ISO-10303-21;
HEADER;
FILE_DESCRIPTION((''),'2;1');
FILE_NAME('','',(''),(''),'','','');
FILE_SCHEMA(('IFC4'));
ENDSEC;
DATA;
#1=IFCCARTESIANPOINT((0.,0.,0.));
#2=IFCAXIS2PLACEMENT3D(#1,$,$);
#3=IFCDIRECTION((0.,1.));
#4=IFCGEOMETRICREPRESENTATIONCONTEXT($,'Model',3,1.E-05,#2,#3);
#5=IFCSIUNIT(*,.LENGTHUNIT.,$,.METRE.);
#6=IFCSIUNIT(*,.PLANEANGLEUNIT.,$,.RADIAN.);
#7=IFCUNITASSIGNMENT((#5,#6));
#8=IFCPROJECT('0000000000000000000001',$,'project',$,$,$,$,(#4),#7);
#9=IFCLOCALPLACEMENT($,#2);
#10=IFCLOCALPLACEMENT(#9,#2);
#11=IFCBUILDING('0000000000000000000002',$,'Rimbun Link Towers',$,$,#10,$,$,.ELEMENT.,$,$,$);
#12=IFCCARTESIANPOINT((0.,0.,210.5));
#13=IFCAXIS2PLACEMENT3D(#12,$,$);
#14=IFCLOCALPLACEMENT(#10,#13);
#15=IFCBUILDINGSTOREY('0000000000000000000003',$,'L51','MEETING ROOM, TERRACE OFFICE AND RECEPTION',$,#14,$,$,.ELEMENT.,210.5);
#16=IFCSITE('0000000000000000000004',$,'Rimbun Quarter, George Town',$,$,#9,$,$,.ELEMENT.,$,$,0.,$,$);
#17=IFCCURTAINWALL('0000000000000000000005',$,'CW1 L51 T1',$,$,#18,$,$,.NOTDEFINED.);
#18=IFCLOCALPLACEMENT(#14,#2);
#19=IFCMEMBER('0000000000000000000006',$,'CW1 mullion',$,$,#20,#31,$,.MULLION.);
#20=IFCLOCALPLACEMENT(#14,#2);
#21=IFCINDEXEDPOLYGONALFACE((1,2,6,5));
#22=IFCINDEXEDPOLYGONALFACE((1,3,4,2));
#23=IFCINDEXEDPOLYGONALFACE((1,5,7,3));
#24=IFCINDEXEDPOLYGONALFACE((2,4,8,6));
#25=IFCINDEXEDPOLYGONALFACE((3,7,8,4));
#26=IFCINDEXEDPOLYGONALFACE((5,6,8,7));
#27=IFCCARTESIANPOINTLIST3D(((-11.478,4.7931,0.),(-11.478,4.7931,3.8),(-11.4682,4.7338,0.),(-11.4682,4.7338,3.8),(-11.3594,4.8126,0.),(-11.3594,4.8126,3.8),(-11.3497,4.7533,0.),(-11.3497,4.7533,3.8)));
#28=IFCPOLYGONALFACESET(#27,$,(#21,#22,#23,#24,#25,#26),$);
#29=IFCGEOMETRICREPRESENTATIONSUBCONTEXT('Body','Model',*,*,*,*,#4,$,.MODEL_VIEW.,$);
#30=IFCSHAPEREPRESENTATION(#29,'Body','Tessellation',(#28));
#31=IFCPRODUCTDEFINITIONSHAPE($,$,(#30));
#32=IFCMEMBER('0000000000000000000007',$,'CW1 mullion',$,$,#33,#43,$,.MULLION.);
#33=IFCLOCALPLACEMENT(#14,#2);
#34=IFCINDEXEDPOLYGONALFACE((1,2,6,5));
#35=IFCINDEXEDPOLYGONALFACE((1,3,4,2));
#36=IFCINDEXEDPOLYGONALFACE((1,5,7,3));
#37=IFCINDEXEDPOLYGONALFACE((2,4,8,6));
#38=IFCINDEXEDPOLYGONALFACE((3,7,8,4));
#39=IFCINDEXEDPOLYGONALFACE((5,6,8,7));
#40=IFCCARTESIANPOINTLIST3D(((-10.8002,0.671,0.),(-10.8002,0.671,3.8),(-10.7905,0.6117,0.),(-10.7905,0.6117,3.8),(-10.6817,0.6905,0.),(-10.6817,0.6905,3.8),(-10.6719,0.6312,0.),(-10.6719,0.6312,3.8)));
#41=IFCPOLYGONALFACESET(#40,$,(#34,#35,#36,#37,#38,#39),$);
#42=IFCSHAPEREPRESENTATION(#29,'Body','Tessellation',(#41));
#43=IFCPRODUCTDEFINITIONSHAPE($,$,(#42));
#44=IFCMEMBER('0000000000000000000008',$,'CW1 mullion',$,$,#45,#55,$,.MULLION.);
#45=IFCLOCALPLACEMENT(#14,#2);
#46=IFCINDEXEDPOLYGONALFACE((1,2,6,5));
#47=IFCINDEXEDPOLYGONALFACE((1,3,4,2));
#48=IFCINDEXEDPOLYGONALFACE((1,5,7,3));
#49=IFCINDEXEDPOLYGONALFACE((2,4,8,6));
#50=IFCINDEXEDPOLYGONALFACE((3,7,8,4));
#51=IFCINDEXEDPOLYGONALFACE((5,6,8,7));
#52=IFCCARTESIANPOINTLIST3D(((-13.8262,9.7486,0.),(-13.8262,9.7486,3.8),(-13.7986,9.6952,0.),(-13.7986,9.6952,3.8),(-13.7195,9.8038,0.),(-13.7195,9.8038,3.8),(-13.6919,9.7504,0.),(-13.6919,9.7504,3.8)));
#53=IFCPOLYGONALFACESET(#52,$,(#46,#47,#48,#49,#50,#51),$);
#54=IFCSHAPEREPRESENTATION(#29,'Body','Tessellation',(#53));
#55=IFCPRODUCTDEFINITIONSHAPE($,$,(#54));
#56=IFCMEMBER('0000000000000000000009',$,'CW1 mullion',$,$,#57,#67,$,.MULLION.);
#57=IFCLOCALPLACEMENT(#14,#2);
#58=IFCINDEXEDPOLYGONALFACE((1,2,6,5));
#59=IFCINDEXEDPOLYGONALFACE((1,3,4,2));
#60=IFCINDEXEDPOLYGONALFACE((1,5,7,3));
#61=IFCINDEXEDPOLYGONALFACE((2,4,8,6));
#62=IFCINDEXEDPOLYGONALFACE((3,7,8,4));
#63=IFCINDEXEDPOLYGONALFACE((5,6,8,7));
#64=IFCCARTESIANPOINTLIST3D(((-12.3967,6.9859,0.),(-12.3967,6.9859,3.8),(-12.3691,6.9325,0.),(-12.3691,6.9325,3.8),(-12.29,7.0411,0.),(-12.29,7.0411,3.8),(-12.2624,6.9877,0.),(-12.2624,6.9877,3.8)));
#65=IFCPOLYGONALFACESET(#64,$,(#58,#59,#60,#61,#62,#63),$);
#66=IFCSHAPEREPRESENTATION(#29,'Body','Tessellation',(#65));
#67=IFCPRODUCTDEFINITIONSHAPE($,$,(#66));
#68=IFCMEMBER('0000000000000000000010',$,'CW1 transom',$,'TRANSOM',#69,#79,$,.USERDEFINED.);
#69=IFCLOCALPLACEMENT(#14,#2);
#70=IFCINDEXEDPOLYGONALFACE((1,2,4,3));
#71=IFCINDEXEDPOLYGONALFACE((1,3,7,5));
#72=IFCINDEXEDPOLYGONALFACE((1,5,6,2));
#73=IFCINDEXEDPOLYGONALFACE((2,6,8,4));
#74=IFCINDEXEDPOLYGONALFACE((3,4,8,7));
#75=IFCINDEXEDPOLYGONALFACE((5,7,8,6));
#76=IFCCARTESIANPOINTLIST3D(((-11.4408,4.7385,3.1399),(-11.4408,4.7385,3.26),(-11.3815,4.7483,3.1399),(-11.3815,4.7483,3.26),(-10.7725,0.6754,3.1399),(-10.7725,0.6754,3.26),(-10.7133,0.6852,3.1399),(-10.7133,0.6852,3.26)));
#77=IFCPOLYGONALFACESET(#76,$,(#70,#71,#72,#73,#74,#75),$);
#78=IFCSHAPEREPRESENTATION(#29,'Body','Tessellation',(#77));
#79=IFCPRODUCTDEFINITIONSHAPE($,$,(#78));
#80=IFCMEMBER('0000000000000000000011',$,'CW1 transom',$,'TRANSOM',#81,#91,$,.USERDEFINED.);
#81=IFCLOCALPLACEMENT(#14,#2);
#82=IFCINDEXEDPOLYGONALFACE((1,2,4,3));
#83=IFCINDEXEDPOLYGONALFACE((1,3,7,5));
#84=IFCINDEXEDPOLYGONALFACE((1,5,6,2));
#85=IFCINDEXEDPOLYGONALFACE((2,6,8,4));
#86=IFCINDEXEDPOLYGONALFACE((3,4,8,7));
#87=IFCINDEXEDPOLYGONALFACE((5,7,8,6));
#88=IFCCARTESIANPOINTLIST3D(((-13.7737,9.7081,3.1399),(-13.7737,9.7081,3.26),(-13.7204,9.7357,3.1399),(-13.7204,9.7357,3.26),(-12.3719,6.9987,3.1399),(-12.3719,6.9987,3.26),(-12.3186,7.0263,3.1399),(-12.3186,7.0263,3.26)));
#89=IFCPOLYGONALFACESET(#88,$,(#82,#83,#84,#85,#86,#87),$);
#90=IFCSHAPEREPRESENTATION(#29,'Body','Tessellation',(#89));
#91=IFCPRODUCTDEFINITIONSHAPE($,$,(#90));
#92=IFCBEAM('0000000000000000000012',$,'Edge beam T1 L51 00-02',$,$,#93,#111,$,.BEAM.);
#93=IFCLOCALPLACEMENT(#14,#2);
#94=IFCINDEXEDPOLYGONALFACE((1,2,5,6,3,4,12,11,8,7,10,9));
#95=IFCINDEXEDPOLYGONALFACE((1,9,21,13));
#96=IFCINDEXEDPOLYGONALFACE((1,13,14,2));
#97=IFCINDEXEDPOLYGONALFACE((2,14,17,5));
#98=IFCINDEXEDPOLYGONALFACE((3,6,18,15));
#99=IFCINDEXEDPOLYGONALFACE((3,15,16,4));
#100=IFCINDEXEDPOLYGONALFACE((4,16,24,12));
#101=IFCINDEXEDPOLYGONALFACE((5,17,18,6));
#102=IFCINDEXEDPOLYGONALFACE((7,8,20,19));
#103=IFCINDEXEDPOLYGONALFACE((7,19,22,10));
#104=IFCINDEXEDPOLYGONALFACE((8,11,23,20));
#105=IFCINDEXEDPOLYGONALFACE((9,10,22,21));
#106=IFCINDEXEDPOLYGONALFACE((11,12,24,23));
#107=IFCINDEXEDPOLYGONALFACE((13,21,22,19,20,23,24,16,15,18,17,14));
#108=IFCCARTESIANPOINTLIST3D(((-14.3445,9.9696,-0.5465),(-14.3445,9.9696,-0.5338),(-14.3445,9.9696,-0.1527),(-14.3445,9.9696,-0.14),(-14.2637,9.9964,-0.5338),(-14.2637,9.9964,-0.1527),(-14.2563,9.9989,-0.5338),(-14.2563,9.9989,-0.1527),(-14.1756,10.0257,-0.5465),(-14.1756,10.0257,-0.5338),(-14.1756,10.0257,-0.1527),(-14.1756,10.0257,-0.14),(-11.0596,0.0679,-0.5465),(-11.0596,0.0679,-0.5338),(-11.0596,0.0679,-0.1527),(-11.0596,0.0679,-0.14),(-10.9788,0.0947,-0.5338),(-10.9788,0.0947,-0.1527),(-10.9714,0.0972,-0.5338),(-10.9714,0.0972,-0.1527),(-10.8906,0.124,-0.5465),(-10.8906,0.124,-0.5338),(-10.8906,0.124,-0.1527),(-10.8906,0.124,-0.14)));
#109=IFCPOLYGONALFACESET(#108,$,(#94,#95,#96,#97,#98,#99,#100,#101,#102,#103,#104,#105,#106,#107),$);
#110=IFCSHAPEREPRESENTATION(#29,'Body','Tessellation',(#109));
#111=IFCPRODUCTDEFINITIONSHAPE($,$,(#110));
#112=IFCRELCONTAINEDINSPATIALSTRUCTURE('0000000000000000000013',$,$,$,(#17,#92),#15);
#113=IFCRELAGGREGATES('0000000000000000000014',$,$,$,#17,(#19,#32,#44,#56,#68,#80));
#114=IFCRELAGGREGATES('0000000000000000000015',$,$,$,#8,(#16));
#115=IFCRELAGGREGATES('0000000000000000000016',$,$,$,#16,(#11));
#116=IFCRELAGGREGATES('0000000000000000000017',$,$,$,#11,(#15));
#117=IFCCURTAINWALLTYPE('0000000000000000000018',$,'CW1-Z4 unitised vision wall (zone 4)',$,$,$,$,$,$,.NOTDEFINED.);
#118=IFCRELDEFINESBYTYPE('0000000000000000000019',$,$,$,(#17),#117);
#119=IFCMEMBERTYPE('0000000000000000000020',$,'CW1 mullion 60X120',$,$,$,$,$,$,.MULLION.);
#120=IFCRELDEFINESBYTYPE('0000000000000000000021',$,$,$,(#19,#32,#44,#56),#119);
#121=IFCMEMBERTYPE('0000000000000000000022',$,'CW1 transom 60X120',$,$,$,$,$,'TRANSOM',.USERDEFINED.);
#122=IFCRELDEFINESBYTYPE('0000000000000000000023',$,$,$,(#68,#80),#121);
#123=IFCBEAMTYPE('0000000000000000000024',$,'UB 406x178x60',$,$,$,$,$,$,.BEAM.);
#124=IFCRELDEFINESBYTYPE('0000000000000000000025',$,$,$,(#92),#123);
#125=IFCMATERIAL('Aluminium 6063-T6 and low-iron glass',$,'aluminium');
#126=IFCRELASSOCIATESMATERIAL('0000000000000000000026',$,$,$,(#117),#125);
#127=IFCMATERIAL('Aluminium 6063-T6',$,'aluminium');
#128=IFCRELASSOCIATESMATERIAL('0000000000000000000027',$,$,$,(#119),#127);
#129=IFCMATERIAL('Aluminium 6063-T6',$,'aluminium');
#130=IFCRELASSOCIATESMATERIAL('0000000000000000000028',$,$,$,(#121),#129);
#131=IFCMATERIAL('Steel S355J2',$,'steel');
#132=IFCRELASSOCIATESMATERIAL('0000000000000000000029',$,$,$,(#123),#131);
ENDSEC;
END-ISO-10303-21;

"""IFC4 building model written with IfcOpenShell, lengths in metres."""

from ifc_helpers import new_model, si_unit, direction, frame, origin, origin_2d, place, context, subcontext, project, spatial, rectangle, i_section, extrude, material, material_profile, profile_set, type_object, element, aggregate, save


model = new_model("IFC4")

# Units and contexts
model_context = context("Model", 3, precision=1e-05, world=origin(), true_north=direction((0.0, 1.0)))
body_context = subcontext(model_context, "Body", "Model", "MODEL_VIEW")
ifc_project = project(units=[si_unit("LENGTHUNIT", "METRE"), si_unit("PLANEANGLEUNIT", "RADIAN")], contexts=[model_context])

# Site, building, storey
site_placement = place(None, origin())
site = spatial("IfcSite", under=ifc_project, at=site_placement, Name="Rimbun Quarter, George Town", CompositionType="ELEMENT", RefElevation=0.0)
building_placement = place(site_placement, origin())
building = spatial("IfcBuilding", under=site, at=building_placement, Name="Rimbun Link Towers", CompositionType="ELEMENT")
storey_placement = place(building_placement, frame((0.0, 0.0, 210.5)))
storey = spatial("IfcBuildingStorey", under=building, at=storey_placement, Name="L51", Description="MEETING ROOM, TERRACE OFFICE AND RECEPTION", CompositionType="ELEMENT", Elevation=210.5)

# Curtain wall, members
ifc_material_1 = material(Name="Aluminium 6063-T6 and low-iron glass", Category="aluminium")
curtain_wall_type = type_object("IfcCurtainWallType", Name="CW1-Z4 unitised vision wall (zone 4)", PredefinedType="NOTDEFINED", material=ifc_material_1)
curtain_wall_placement = place(storey_placement, origin())
curtain_wall = element("IfcCurtainWall", 1, at=curtain_wall_placement, inside=storey, type_object=curtain_wall_type, Name="CW1 L51 T1", PredefinedType="NOTDEFINED")
ifc_material_2 = material(Name="Aluminium 6063-T6", Category="aluminium")
ifc_material_profile_1 = material_profile(ifc_material_2, rectangle(XDim=0.1201, YDim=0.0601, at=origin_2d()), Name="MULLION 60X120")
ifc_profile_set_1 = profile_set([ifc_material_profile_1], Name="Aluminium 6063-T6")
member_type_1 = type_object("IfcMemberType", Name="CW1 mullion 60X120", PredefinedType="MULLION", material=ifc_profile_set_1)
member_1_placement = place(storey_placement, frame((-11.4138, 4.7732, 0.0), z_axis=(0.0, 0.0, 1.0), x_axis=(0.986747, 0.162264, 0.0)))
member_1 = element("IfcMember", 2, at=member_1_placement, type_object=member_type_1, Name="CW1 mullion", PredefinedType="MULLION", context=body_context, shape_type="SweptSolid", body=[
    extrude(rectangle(XDim=0.1201, YDim=0.0601, at=origin_2d()), origin(), (0.0, 0.0, 1.0), 3.8),
])
member_2_placement = place(storey_placement, frame((-10.7361, 0.6511, 0.0), z_axis=(0.0, 0.0, 1.0), x_axis=(0.986747, 0.162264, 0.0)))
member_2 = element("IfcMember", 3, at=member_2_placement, type_object=member_type_1, Name="CW1 mullion", PredefinedType="MULLION", context=body_context, shape_type="SweptSolid", body=[
    extrude(rectangle(XDim=0.1201, YDim=0.0601, at=origin_2d()), origin(), (0.0, 0.0, 1.0), 3.8),
])
member_3_placement = place(storey_placement, frame((-13.759, 9.7495, 0.0), z_axis=(0.0, 0.0, 1.0), x_axis=(0.88815, 0.459554, 0.0)))
member_3 = element("IfcMember", 4, at=member_3_placement, type_object=member_type_1, Name="CW1 mullion", PredefinedType="MULLION", context=body_context, shape_type="SweptSolid", body=[
    extrude(rectangle(XDim=0.1201, YDim=0.0601, at=origin_2d()), origin(), (0.0, 0.0, 1.0), 3.8),
])
member_4_placement = place(storey_placement, frame((-12.3296, 6.9868, 0.0), z_axis=(0.0, 0.0, 1.0), x_axis=(0.88815, 0.459554, 0.0)))
member_4 = element("IfcMember", 5, at=member_4_placement, type_object=member_type_1, Name="CW1 mullion", PredefinedType="MULLION", context=body_context, shape_type="SweptSolid", body=[
    extrude(rectangle(XDim=0.1201, YDim=0.0601, at=origin_2d()), origin(), (0.0, 0.0, 1.0), 3.8),
])
ifc_material_3 = material(Name="Aluminium 6063-T6", Category="aluminium")
ifc_material_profile_2 = material_profile(ifc_material_3, rectangle(XDim=0.0601, YDim=0.1201, at=origin_2d()), Name="TRANSOM 60X120")
ifc_profile_set_2 = profile_set([ifc_material_profile_2], Name="Aluminium 6063-T6")
member_type_2 = type_object("IfcMemberType", Name="CW1 transom 60X120", ElementType="TRANSOM", PredefinedType="USERDEFINED", material=ifc_profile_set_2)
member_5_placement = place(storey_placement, frame((-11.4111, 4.7434, 3.2), z_axis=(0.162283, -0.986744, 0.0), x_axis=(0.986744, 0.162283, 0.0)))
member_5 = element("IfcMember", 6, at=member_5_placement, type_object=member_type_2, Name="CW1 transom", ObjectType="TRANSOM", PredefinedType="USERDEFINED", context=body_context, shape_type="SweptSolid", body=[
    extrude(rectangle(XDim=0.0601, YDim=0.1201, at=origin_2d()), origin(), (0.0, 0.0, 1.0), 4.1177),
])
member_6_placement = place(storey_placement, frame((-13.7471, 9.7219, 3.2), z_axis=(0.459527, -0.888164, 0.0), x_axis=(0.888164, 0.459527, 0.0)))
member_6 = element("IfcMember", 7, at=member_6_placement, type_object=member_type_2, Name="CW1 transom", ObjectType="TRANSOM", PredefinedType="USERDEFINED", context=body_context, shape_type="SweptSolid", body=[
    extrude(rectangle(XDim=0.0601, YDim=0.1201, at=origin_2d()), origin(), (0.0, 0.0, 1.0), 3.0505),
])

# Beam
ifc_material_4 = material(Name="Steel S355J2", Category="steel")
ifc_material_profile_3 = material_profile(ifc_material_4, i_section(OverallWidth=0.178, OverallDepth=0.4065, WebThickness=0.0078, FlangeThickness=0.0127, at=origin_2d()), Name="UB 406x178x60")
ifc_profile_set_3 = profile_set([ifc_material_profile_3], Name="Steel S355J2")
beam_type = type_object("IfcBeamType", Name="UB 406x178x60", PredefinedType="BEAM", material=ifc_profile_set_3)
beam_placement = place(storey_placement, frame((-10.9751, 0.0959, -0.3433), z_axis=(-0.314879, 0.949132, 0.0), x_axis=(-0.949132, -0.314879, 0.0)))
element("IfcBeam", 8, at=beam_placement, inside=storey, type_object=beam_type, Name="Edge beam T1 L51 00-02", PredefinedType="BEAM", context=body_context, shape_type="SweptSolid", body=[
    extrude(i_section(OverallWidth=0.178, OverallDepth=0.4065, WebThickness=0.0078, FlangeThickness=0.0127, at=origin_2d()), origin(), (0.0, 0.0, 1.0), 10.4324),
])

aggregate(curtain_wall, [member_1, member_2, member_3, member_4, member_5, member_6])

save(model, "model.ifc")
